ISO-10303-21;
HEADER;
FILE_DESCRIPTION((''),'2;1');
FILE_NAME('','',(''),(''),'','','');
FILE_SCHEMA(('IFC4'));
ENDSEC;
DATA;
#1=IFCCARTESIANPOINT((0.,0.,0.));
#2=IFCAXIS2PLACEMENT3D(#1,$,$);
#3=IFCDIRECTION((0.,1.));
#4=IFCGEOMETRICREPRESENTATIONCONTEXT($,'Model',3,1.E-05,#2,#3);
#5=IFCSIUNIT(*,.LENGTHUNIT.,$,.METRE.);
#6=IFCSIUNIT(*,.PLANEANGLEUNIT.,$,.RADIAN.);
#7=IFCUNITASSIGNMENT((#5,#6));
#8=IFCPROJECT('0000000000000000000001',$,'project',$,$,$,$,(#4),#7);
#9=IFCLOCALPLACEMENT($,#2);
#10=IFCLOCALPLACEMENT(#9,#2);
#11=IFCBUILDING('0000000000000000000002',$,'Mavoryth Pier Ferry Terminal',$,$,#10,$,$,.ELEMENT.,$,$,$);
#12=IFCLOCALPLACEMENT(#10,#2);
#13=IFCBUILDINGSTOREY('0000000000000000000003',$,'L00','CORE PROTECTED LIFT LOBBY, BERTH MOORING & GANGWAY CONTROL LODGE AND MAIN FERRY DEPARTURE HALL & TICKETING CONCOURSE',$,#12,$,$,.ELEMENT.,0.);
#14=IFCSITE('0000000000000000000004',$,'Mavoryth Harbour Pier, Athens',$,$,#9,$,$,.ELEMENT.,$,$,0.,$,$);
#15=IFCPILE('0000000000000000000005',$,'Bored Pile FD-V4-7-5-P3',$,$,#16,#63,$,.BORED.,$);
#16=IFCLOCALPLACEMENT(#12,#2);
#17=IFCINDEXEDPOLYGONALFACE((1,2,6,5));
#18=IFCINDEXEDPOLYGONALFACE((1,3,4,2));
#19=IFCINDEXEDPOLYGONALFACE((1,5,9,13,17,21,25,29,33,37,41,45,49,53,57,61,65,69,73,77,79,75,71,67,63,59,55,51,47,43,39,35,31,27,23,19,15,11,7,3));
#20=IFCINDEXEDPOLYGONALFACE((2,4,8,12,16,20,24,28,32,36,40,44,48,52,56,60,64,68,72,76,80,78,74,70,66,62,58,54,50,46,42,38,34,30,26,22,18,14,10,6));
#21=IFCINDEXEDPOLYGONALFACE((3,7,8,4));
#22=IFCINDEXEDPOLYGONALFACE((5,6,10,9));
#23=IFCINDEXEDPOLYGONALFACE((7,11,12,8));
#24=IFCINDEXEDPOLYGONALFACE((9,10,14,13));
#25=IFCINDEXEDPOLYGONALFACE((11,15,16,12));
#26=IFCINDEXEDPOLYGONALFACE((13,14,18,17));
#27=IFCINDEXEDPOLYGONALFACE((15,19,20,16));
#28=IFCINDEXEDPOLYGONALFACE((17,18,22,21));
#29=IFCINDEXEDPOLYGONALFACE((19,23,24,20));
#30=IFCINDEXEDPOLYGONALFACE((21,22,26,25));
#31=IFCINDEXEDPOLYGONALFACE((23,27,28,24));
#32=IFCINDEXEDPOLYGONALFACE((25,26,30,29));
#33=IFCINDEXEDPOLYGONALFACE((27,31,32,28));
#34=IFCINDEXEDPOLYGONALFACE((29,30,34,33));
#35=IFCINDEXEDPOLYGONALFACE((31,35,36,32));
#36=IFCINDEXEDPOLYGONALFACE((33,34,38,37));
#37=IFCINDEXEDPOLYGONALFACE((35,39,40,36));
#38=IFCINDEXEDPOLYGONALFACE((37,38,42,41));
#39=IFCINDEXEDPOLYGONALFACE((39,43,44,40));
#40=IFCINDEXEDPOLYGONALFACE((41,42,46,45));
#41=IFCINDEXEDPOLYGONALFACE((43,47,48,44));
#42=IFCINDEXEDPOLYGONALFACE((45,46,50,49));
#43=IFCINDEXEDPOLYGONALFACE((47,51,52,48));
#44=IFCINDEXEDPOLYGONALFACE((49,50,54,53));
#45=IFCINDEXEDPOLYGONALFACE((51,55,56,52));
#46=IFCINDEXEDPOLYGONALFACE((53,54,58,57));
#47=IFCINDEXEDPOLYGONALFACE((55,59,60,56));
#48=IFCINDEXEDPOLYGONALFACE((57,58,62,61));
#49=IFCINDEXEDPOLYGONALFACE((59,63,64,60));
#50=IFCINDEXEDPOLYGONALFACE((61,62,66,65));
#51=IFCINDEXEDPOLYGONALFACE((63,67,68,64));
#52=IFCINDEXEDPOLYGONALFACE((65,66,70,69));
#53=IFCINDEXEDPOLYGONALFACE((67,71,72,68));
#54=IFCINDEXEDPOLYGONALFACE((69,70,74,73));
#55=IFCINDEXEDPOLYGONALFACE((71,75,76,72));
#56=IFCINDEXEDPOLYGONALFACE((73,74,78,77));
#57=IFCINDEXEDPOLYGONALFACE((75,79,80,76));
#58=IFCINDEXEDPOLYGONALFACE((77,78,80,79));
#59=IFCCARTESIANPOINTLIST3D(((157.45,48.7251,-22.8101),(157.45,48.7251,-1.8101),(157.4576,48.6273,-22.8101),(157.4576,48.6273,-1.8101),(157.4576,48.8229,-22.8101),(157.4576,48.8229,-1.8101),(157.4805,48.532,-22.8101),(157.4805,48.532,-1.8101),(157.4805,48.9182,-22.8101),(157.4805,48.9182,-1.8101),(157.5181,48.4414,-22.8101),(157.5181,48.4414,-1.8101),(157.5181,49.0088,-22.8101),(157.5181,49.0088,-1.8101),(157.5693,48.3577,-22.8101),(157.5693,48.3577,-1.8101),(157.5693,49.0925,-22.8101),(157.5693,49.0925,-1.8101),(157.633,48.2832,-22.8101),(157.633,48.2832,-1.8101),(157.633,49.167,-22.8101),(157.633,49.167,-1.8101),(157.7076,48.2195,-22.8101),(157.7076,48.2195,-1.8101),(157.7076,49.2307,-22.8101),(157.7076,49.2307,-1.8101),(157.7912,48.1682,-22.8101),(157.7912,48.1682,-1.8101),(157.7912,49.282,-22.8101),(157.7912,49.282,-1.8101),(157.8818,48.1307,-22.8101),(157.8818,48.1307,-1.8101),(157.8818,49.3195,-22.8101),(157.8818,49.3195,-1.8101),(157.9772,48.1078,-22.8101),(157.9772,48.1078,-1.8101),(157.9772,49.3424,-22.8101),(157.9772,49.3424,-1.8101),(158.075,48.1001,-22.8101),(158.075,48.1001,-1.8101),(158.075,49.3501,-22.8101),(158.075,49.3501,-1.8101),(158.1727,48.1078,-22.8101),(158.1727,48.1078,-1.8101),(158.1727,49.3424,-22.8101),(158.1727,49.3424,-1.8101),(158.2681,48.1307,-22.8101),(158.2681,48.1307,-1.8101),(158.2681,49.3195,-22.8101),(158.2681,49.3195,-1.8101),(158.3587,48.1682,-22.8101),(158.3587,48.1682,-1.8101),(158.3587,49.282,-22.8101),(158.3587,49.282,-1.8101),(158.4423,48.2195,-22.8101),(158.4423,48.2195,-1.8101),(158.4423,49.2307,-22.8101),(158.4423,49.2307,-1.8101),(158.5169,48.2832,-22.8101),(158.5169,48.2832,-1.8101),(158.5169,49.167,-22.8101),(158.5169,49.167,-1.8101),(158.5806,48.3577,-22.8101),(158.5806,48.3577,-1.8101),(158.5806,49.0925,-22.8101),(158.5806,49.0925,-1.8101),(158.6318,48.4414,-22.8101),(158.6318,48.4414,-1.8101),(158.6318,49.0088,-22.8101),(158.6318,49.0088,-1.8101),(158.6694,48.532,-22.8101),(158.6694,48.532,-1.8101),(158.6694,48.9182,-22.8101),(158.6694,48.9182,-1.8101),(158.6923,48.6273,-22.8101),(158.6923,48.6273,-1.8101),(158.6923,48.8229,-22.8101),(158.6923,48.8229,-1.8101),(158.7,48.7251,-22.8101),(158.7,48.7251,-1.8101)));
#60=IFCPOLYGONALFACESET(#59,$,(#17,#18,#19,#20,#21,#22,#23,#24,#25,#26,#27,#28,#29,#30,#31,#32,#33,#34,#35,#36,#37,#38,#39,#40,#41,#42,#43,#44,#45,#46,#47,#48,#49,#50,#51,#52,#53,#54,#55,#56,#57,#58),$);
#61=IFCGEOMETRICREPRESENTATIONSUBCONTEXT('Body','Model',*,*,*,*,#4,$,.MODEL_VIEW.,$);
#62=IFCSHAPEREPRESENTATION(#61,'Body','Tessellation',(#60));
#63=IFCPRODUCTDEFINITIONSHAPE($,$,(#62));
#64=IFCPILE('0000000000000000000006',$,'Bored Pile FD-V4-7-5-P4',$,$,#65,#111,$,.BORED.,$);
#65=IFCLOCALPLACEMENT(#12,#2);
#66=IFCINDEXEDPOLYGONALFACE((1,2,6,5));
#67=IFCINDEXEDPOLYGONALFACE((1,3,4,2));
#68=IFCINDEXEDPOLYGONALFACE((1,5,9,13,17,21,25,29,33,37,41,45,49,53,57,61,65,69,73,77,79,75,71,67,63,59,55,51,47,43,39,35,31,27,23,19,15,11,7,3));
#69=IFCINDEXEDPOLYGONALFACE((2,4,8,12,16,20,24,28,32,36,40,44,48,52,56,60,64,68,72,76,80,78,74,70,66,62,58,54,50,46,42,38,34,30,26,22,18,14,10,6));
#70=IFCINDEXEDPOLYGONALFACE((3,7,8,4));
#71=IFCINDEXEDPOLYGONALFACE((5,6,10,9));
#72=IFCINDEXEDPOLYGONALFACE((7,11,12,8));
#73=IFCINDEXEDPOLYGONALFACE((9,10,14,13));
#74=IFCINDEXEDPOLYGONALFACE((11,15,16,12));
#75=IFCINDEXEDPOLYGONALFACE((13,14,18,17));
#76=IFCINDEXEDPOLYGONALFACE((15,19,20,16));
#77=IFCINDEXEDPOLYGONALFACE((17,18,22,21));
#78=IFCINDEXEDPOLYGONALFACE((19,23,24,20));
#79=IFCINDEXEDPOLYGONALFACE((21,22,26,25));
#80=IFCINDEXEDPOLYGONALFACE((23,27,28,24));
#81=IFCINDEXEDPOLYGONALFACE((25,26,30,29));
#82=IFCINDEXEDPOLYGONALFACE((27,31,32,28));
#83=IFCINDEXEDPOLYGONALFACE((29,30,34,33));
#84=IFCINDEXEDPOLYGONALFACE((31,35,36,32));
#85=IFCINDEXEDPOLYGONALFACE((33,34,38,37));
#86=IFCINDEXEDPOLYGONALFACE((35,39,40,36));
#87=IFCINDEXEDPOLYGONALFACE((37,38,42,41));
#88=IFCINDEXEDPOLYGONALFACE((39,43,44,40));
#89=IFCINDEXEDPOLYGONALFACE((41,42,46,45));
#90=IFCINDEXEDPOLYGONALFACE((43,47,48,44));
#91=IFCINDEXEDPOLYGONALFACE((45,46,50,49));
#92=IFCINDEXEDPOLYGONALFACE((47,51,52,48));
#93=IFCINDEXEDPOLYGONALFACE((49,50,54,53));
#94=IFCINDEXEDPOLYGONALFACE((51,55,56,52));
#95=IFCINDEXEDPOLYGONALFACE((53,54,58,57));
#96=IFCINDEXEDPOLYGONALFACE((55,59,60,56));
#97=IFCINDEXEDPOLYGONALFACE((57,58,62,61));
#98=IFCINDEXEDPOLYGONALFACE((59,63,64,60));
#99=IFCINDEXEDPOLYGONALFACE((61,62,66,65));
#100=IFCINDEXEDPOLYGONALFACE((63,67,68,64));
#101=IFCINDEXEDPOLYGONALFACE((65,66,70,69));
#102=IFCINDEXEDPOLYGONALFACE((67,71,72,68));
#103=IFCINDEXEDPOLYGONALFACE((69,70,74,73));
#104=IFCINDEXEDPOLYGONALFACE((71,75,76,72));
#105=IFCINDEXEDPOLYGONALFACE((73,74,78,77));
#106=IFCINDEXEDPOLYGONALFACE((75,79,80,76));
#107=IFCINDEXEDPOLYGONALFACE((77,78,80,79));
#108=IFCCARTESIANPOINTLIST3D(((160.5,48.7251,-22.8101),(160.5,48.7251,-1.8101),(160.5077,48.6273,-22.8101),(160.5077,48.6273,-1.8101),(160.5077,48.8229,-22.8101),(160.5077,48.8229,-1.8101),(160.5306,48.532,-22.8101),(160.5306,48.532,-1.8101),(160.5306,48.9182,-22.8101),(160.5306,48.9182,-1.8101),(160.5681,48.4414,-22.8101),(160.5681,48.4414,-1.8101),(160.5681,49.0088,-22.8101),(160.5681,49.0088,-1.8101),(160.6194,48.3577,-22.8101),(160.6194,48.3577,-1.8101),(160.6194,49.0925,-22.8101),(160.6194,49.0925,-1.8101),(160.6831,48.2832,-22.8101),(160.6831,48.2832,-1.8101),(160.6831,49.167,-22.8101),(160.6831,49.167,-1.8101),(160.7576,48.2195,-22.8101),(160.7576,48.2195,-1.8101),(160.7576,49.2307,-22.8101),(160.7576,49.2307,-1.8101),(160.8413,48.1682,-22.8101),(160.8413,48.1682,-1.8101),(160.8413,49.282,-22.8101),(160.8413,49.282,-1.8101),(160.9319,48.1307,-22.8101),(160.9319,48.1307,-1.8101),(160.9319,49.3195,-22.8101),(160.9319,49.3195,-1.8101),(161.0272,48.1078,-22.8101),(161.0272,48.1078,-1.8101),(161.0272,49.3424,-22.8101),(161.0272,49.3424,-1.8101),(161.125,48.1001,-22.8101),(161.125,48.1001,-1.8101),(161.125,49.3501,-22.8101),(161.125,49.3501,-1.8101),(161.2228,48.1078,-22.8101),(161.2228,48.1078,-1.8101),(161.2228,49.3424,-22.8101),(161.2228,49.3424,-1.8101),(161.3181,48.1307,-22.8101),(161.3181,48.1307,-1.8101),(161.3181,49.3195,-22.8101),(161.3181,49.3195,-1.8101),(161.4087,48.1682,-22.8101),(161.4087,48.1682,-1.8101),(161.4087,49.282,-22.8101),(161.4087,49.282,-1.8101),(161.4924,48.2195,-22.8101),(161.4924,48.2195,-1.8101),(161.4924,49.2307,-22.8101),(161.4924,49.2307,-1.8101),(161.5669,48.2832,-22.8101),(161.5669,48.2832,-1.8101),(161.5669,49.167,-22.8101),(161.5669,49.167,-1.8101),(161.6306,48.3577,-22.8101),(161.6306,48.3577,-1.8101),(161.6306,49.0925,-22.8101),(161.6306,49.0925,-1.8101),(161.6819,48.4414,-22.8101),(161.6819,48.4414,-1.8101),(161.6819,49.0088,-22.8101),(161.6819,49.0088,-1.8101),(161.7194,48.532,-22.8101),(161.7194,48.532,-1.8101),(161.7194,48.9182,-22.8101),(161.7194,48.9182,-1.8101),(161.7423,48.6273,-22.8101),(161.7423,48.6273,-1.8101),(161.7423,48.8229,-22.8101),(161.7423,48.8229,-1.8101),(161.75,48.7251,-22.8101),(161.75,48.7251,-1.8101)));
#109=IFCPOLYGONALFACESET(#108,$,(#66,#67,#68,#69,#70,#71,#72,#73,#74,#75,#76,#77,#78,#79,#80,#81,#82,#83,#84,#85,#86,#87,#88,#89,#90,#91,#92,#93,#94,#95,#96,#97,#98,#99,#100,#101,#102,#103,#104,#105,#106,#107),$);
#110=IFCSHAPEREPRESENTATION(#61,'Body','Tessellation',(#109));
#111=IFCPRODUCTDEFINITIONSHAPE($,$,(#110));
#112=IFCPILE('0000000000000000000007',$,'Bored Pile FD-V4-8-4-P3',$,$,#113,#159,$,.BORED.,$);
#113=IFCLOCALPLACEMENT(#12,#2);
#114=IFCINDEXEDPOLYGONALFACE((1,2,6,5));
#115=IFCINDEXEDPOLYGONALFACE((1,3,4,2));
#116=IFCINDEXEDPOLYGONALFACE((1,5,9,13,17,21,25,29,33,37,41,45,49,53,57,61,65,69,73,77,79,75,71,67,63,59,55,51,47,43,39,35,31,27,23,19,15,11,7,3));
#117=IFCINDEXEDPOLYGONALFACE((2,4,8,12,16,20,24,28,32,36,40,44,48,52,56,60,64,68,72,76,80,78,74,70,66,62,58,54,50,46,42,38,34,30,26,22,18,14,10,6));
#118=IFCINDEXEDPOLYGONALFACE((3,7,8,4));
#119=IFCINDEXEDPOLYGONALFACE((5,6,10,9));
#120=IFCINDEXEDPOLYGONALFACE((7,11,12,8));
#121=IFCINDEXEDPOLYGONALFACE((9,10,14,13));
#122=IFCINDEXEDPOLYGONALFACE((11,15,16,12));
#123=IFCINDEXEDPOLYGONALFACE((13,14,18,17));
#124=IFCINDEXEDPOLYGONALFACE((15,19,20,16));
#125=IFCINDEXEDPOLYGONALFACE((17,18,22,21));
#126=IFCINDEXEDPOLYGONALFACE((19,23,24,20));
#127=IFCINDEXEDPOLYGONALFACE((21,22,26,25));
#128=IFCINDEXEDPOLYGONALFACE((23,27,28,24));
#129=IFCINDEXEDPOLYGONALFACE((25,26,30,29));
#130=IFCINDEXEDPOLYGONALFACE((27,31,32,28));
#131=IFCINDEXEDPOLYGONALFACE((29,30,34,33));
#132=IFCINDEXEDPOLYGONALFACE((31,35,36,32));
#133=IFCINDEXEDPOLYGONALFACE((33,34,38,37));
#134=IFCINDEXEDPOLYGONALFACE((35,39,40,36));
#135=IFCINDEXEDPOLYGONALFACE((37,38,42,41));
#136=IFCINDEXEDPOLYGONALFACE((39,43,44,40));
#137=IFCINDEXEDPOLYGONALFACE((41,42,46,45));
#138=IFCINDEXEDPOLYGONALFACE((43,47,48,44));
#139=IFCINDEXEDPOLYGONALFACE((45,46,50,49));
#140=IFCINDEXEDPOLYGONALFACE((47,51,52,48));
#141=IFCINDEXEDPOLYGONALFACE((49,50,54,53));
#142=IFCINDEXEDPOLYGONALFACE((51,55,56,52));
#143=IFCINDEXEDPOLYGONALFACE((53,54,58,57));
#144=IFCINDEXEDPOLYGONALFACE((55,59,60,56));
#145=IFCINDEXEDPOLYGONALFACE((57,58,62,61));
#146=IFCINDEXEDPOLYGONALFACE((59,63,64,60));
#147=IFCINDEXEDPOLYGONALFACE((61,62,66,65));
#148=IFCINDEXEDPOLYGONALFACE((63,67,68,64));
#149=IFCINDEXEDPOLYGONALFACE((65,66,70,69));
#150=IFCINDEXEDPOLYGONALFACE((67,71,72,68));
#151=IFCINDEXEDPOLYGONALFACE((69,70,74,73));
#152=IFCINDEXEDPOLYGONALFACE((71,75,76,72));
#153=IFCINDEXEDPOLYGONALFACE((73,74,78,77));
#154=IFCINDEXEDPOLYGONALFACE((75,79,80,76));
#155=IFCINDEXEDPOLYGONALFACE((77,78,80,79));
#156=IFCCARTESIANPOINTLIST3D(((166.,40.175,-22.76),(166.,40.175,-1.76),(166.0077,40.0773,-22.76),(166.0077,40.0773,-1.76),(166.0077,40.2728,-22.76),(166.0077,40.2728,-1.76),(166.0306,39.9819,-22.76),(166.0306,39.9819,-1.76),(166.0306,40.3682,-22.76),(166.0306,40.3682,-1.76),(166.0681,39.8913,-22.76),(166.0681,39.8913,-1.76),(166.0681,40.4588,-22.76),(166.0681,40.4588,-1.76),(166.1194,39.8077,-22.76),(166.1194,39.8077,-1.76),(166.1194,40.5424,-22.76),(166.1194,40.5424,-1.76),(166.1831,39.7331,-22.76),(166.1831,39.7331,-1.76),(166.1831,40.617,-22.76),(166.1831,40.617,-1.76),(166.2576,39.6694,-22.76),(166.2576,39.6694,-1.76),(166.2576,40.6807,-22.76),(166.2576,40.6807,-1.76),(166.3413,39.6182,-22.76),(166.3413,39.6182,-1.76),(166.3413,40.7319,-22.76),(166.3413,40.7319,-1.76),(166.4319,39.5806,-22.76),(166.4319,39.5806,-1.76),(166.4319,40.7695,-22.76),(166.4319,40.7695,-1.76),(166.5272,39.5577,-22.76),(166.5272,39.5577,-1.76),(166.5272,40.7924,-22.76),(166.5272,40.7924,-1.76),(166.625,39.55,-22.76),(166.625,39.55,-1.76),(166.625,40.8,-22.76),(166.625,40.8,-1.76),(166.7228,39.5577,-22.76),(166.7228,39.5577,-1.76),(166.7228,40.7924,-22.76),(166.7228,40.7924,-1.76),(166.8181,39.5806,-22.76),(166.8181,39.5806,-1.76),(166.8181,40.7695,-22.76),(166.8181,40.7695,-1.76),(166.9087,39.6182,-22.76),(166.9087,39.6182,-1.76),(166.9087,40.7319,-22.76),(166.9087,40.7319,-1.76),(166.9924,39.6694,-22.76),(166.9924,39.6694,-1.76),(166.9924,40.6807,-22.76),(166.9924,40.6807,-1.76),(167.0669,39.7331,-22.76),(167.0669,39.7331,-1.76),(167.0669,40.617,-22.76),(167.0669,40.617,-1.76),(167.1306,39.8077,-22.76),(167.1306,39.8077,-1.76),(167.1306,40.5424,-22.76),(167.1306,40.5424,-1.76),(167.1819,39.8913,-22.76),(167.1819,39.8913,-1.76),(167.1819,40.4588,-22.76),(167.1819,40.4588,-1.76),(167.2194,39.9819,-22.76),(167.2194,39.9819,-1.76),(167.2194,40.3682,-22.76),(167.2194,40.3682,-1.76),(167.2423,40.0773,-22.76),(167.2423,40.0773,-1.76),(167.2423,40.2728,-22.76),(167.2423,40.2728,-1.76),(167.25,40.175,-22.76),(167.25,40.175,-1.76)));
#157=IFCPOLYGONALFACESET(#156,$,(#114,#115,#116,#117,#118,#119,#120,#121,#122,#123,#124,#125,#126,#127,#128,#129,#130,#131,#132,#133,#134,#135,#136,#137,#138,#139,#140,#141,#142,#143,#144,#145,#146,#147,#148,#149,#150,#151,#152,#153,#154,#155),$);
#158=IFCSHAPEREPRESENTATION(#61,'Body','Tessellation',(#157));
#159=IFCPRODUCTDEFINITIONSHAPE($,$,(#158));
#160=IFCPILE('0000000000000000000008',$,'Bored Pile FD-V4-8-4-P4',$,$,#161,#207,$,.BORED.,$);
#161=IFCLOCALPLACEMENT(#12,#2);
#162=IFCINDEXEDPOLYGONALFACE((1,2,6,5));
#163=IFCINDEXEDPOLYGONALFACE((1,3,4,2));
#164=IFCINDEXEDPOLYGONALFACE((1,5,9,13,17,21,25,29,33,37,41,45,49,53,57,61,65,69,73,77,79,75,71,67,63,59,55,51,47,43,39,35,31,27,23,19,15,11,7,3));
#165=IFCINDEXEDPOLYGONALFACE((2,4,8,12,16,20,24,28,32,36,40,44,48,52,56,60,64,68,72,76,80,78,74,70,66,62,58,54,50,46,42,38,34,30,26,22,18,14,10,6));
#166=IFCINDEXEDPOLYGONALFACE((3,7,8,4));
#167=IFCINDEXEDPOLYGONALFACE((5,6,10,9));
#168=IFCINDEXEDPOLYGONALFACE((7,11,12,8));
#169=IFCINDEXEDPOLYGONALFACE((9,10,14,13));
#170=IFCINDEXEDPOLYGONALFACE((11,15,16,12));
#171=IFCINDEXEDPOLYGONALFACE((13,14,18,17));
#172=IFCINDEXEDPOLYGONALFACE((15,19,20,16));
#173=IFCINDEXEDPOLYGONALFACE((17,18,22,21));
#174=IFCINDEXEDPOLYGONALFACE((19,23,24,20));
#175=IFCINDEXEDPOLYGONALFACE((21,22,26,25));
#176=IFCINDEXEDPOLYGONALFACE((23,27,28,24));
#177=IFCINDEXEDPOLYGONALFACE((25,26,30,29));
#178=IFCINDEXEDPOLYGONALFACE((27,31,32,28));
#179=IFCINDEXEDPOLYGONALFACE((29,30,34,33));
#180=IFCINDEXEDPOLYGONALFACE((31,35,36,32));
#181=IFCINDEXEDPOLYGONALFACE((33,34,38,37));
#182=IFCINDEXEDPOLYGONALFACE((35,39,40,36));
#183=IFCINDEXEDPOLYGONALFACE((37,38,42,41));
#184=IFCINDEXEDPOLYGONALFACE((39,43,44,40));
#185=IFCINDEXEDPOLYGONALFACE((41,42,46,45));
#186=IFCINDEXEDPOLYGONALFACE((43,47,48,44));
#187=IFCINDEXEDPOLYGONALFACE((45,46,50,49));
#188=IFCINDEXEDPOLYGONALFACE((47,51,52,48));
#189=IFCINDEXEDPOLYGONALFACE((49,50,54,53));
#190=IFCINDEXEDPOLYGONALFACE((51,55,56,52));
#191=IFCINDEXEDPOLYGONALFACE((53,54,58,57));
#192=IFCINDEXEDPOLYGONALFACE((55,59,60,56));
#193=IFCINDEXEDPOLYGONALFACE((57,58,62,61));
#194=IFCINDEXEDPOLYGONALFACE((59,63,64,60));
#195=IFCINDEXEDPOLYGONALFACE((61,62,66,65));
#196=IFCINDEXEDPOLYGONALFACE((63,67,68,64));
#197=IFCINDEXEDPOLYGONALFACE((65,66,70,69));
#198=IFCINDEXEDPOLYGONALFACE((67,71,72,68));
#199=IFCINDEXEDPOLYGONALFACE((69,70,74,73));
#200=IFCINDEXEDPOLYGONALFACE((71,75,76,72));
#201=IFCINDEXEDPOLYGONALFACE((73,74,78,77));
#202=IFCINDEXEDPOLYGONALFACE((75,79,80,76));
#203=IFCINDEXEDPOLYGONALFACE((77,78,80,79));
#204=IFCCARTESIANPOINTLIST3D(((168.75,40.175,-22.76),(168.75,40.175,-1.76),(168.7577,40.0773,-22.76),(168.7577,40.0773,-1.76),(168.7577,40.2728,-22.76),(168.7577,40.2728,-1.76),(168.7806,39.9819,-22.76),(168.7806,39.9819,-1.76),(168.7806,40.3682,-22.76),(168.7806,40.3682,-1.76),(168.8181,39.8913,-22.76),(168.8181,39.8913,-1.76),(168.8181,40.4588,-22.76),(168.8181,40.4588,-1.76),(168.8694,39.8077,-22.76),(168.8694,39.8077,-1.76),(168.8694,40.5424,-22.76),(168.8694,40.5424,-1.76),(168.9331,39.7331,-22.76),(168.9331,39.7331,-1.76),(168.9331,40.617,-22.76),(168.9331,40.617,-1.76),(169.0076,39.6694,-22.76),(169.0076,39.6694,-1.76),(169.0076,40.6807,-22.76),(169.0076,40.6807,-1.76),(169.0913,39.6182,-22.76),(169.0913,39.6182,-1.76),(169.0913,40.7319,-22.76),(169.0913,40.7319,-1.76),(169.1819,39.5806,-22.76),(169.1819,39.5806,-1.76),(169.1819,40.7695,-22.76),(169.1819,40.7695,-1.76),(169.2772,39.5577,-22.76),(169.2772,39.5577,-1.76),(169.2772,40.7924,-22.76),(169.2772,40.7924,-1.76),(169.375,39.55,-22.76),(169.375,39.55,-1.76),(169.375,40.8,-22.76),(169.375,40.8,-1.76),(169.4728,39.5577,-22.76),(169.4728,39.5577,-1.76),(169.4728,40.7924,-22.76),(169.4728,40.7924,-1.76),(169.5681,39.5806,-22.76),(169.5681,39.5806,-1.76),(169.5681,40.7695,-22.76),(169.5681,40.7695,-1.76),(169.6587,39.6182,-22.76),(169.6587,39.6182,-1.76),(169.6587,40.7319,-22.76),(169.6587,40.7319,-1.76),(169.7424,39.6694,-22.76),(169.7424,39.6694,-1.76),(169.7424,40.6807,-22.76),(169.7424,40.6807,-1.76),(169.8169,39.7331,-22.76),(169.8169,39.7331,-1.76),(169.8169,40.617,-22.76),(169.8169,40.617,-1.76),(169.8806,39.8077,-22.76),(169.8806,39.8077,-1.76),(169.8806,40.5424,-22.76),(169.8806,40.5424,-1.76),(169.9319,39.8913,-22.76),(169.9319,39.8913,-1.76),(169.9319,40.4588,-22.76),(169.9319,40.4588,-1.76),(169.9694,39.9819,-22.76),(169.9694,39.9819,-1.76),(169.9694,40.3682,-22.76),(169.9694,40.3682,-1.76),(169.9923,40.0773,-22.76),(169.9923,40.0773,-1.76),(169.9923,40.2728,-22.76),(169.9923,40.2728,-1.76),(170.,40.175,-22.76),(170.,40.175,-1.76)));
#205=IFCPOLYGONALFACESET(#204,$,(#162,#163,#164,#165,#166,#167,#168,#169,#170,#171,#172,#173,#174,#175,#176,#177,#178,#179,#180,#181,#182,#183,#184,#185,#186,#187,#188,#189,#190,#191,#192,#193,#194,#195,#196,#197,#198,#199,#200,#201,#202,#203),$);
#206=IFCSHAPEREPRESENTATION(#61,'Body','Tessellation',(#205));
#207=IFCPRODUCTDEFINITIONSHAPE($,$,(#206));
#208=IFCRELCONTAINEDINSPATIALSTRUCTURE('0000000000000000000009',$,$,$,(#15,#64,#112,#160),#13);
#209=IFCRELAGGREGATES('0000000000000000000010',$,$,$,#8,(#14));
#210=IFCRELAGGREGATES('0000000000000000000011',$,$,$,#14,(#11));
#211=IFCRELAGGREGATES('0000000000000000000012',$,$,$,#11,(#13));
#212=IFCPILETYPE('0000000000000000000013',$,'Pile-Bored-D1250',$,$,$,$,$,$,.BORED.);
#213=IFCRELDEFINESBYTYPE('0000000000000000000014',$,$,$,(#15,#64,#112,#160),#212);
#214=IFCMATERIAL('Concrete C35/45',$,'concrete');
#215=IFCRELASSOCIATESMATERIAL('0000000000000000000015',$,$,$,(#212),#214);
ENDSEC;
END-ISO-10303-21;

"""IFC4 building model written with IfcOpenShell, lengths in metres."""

from ifc_helpers import new_model, si_unit, direction, frame, origin, origin_2d, place, context, subcontext, project, spatial, circle, extrude, material, material_profile, profile_set, type_object, element, save


model = new_model("IFC4")

# Units and contexts
model_context = context("Model", 3, precision=1e-05, world=origin(), true_north=direction((0.0, 1.0)))
body_context = subcontext(model_context, "Body", "Model", "MODEL_VIEW")
ifc_project = project(units=[si_unit("LENGTHUNIT", "METRE"), si_unit("PLANEANGLEUNIT", "RADIAN")], contexts=[model_context])

# Site, building, storey
site_placement = place(None, origin())
site = spatial("IfcSite", under=ifc_project, at=site_placement, Name="Mavoryth Harbour Pier, Athens", CompositionType="ELEMENT", RefElevation=0.0)
building_placement = place(site_placement, origin())
building = spatial("IfcBuilding", under=site, at=building_placement, Name="Mavoryth Pier Ferry Terminal", CompositionType="ELEMENT")
storey_placement = place(building_placement, origin())
storey = spatial("IfcBuildingStorey", under=building, at=storey_placement, Name="L00", Description="CORE PROTECTED LIFT LOBBY, BERTH MOORING & GANGWAY CONTROL LODGE AND MAIN FERRY DEPARTURE HALL & TICKETING CONCOURSE", CompositionType="ELEMENT", Elevation=0.0)

# Shared definitions
ifc_material_1 = material(Name="Concrete C35/45", Category="concrete")

# Piles
ifc_material_profile_1 = material_profile(ifc_material_1, circle(Radius=0.625, at=origin_2d()), Name="PILE D1250", Category="concrete")
ifc_profile_set_1 = profile_set([ifc_material_profile_1], Name="Concrete C35/45 - PILE D1250")
pile_type = type_object("IfcPileType", Name="Pile-Bored-D1250", PredefinedType="BORED", material=ifc_profile_set_1)
for number, where, z_axis, x_axis, name in (
    (1, (158.075, 48.7251, -1.8101), (0.0, 0.0, -1.0), (1.0, 0.0, 0.0), "Bored Pile FD-V4-7-5-P3"),
    (2, (161.125, 48.7251, -1.8101), (0.0, 0.0, -1.0), (1.0, 0.0, 0.0), "Bored Pile FD-V4-7-5-P4"),
    (3, (166.625, 40.175, -1.76), (0.0, 0.0, -1.0), (1.0, 0.0, 0.0), "Bored Pile FD-V4-8-4-P3"),
    (4, (169.375, 40.175, -1.76), (0.0, 0.0, -1.0), (1.0, 0.0, 0.0), "Bored Pile FD-V4-8-4-P4"),
):
    element("IfcPile", number, at=place(storey_placement, frame(where, z_axis=z_axis, x_axis=x_axis)), inside=storey, type_object=pile_type, Name=name, PredefinedType="BORED", context=body_context, shape_type="SweptSolid", body=[
        extrude(circle(Radius=0.625, at=origin_2d()), origin(), (0.0, 0.0, 1.0), 21.0),
    ])

save(model, "model.ifc")
